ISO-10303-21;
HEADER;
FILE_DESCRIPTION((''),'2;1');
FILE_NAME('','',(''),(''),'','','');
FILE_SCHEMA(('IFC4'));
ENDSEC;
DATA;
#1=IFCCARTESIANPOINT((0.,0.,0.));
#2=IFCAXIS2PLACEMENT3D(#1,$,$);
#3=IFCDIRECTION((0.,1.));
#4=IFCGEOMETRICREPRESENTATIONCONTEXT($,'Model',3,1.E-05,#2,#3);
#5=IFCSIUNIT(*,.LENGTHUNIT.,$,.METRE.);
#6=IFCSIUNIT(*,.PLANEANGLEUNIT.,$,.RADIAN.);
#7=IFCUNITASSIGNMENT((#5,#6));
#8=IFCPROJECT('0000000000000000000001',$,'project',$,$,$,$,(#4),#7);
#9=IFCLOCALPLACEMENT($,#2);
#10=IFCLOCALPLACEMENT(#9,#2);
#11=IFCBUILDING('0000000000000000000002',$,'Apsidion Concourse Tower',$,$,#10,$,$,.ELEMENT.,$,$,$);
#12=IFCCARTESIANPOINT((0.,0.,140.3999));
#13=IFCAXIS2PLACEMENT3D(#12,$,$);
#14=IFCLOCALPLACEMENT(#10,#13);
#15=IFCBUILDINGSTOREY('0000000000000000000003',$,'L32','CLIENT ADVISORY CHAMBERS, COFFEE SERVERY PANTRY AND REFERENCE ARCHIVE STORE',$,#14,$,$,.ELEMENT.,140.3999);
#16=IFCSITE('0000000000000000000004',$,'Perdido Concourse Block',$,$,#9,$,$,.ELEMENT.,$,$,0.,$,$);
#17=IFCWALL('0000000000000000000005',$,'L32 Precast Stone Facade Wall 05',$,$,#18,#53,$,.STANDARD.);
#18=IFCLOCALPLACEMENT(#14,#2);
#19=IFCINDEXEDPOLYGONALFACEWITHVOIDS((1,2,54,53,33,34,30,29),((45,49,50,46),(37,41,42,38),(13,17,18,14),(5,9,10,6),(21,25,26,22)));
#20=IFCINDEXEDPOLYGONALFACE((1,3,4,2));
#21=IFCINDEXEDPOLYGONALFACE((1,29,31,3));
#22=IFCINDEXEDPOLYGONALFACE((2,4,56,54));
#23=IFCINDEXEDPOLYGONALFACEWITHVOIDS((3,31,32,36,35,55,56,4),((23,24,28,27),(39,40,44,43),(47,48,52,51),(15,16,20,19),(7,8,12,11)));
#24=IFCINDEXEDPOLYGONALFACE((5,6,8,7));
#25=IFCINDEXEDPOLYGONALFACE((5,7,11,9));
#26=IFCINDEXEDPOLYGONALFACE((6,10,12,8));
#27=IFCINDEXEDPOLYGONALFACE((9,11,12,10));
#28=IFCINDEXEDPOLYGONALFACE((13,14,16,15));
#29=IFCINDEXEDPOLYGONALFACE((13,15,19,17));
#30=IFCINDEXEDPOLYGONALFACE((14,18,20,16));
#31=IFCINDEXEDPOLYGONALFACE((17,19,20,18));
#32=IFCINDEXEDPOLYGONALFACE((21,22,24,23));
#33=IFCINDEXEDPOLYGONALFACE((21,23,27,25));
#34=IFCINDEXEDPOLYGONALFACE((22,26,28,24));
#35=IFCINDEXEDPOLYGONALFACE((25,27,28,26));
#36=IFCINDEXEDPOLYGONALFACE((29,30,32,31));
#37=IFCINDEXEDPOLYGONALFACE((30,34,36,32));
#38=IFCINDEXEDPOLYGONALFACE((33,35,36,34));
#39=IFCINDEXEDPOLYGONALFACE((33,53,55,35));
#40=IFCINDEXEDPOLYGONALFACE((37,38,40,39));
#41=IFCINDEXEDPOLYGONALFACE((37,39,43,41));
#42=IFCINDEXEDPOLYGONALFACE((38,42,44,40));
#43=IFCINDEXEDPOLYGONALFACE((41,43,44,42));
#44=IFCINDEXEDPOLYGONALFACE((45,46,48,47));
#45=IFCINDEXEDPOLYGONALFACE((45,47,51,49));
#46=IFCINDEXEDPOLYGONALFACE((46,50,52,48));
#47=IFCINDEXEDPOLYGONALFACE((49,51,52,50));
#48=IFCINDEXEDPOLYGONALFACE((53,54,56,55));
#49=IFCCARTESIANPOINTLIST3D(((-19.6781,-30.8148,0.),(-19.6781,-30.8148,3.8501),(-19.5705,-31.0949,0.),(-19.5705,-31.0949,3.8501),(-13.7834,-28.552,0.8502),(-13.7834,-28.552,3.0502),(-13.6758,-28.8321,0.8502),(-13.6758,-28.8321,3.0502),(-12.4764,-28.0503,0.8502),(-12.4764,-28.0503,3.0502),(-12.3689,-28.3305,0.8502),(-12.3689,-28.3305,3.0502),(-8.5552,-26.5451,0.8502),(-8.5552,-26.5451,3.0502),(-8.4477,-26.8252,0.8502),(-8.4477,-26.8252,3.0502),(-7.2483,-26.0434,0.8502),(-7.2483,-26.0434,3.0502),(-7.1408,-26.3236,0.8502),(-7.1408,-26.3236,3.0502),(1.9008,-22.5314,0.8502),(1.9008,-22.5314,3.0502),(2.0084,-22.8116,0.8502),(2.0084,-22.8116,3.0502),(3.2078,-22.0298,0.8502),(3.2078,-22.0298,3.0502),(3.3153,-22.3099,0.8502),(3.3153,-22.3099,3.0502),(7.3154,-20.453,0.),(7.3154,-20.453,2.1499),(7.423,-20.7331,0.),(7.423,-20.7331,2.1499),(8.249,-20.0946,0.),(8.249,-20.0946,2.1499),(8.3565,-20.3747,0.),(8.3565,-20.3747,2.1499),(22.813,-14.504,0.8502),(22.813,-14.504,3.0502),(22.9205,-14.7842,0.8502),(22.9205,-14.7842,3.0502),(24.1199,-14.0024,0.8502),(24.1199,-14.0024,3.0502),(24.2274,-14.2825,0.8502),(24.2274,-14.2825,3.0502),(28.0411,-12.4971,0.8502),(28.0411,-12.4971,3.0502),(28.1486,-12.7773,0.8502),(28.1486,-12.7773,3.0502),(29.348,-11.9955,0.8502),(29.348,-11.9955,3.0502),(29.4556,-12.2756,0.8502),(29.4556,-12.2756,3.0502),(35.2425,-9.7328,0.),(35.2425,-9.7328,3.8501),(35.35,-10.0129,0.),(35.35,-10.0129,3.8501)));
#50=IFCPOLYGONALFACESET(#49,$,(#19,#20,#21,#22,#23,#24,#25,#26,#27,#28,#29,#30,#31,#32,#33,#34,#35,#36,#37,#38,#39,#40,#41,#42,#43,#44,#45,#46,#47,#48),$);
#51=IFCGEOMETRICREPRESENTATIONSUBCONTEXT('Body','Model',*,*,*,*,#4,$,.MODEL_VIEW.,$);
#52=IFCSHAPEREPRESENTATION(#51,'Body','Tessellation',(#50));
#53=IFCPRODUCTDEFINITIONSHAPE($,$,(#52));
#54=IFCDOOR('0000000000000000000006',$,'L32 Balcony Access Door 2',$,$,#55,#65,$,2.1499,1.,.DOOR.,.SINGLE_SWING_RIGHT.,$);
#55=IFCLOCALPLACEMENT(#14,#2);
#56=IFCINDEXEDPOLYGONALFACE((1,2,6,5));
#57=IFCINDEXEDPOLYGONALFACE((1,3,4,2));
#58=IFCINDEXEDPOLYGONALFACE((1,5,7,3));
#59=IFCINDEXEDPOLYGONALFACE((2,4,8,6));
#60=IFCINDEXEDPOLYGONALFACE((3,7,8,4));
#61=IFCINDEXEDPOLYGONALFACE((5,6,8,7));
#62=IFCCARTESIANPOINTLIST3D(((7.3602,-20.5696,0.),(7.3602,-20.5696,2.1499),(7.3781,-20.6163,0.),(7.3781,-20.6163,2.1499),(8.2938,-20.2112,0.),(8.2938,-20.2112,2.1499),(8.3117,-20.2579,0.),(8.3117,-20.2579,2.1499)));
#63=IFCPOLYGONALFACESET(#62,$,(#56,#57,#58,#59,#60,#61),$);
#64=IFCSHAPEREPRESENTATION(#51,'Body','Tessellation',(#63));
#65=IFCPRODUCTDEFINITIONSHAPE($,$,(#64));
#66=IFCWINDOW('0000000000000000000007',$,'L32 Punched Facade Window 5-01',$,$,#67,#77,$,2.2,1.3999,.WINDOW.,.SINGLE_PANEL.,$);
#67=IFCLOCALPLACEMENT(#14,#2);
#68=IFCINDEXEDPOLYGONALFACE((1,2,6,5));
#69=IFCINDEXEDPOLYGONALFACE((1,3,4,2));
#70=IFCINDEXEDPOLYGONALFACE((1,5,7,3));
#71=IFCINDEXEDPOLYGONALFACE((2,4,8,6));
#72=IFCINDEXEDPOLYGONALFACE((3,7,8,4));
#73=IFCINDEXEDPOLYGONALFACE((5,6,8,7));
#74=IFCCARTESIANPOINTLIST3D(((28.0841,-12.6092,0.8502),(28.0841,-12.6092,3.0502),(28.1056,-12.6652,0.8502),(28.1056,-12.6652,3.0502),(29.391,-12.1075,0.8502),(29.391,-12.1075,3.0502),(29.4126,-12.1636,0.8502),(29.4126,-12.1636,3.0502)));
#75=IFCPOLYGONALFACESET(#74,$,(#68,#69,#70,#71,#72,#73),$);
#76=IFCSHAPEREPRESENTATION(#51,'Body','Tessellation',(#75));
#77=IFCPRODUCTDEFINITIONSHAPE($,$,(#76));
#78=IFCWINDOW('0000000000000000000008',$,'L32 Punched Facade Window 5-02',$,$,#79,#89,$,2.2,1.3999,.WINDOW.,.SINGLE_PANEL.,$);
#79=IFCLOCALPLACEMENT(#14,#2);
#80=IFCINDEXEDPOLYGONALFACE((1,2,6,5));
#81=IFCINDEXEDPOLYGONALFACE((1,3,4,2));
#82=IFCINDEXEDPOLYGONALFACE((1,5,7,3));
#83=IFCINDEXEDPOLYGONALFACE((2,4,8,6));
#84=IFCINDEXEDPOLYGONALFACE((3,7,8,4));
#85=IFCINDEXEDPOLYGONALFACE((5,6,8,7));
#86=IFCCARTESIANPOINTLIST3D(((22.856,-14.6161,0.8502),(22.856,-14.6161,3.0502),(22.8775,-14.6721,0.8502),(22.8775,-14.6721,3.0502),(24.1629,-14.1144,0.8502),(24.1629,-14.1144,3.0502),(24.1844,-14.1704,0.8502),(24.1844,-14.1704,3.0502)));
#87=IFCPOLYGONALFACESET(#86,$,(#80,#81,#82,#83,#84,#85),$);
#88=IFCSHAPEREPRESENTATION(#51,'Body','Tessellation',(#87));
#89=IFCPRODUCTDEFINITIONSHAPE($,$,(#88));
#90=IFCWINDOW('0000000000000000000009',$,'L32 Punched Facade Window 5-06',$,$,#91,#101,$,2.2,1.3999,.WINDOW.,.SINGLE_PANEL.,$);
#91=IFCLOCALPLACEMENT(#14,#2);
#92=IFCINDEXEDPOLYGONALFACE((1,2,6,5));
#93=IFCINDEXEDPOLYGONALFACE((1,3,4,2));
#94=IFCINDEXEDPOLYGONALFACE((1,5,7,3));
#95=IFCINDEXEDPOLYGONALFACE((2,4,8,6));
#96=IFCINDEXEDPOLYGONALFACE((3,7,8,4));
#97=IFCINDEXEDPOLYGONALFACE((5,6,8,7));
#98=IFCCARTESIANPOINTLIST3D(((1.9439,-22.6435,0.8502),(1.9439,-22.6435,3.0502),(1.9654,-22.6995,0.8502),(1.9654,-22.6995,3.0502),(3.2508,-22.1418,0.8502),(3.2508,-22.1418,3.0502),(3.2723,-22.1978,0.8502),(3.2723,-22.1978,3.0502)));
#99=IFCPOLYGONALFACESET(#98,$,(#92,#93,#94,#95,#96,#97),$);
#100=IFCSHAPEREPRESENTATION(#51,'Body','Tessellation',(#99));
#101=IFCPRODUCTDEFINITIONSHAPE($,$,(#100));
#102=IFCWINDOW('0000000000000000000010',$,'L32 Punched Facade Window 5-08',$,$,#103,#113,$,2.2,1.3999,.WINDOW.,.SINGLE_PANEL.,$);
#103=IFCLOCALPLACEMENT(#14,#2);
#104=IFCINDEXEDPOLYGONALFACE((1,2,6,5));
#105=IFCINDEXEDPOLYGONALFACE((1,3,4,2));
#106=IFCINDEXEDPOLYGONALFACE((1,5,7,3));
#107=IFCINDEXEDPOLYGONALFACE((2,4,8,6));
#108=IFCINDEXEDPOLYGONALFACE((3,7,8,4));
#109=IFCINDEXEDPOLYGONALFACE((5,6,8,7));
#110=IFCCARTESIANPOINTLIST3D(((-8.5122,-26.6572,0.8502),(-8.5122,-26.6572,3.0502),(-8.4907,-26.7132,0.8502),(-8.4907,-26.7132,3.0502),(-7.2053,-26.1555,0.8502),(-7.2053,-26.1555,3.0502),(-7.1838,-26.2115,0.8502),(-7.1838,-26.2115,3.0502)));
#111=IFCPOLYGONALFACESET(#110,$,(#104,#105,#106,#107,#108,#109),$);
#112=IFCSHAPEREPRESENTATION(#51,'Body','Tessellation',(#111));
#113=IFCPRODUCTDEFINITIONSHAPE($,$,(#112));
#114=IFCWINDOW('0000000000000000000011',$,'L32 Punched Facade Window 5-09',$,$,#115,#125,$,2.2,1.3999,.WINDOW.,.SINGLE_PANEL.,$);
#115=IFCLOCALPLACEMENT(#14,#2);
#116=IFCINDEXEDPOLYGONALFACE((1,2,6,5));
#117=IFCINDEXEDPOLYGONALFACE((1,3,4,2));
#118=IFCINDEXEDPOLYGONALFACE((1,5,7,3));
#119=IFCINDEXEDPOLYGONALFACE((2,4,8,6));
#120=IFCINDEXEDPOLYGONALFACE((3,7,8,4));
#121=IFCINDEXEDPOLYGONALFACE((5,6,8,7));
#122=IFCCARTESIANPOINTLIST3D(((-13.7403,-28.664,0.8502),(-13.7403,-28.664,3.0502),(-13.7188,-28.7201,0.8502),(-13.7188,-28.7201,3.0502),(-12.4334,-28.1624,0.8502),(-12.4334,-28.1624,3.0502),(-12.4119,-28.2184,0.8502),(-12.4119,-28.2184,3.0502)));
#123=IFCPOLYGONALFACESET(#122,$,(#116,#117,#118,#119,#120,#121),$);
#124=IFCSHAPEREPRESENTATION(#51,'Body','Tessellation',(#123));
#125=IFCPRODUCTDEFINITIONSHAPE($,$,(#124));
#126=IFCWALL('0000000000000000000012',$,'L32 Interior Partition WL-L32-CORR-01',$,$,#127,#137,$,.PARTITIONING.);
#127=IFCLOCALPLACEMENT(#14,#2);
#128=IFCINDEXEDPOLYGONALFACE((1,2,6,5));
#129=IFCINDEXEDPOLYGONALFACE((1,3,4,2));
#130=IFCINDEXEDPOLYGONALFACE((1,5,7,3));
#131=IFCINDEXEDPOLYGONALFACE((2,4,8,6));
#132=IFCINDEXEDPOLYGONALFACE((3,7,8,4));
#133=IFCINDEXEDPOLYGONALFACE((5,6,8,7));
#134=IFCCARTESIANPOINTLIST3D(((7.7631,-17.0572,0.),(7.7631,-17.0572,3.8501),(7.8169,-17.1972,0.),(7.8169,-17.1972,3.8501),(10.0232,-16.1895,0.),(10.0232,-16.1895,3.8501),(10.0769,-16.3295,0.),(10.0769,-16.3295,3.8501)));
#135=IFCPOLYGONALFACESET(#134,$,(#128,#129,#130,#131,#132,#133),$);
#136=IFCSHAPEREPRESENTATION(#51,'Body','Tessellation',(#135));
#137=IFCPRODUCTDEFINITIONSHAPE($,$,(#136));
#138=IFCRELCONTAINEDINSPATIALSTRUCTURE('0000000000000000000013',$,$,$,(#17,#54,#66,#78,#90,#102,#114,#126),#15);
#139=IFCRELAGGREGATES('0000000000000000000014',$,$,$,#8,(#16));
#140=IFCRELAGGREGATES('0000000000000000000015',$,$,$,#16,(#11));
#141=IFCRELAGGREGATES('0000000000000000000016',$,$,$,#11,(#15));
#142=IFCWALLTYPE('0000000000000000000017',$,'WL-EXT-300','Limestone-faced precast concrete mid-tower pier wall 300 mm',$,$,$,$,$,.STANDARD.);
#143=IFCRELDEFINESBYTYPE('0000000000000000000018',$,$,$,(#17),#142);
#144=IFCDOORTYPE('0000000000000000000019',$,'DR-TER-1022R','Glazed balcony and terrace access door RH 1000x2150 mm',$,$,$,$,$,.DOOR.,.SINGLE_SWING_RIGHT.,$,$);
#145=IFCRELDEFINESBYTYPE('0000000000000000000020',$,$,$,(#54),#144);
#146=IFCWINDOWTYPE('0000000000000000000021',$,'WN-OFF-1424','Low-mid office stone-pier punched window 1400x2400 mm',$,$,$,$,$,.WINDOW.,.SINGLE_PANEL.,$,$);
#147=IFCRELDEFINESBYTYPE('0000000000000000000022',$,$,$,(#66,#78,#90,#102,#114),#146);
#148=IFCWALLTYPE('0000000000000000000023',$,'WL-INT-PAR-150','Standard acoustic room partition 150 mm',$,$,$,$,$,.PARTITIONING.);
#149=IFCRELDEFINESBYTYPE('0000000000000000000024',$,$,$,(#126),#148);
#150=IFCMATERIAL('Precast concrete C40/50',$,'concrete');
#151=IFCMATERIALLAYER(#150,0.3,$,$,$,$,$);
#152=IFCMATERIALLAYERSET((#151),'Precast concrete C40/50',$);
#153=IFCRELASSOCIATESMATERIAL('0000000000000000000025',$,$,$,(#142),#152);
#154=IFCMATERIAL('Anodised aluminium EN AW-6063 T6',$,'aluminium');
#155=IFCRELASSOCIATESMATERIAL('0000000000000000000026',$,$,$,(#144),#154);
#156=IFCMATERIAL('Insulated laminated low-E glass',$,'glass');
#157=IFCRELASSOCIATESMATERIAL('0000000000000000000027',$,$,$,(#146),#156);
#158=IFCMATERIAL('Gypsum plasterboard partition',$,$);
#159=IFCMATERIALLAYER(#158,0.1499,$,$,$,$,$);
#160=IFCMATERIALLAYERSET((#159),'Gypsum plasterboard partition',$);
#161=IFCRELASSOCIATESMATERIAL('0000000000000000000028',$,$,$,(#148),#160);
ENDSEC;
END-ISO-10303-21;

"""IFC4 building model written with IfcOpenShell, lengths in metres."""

from ifc_helpers import new_model, si_unit, direction, frame, frame_2d, origin, place, context, subcontext, project, spatial, rectangle, extrude, material, layer, layer_set, type_object, element, fill, save


model = new_model("IFC4")

# Units and contexts
model_context = context("Model", 3, precision=1e-05, world=origin(), true_north=direction((0.0, 1.0)))
body_context = subcontext(model_context, "Body", "Model", "MODEL_VIEW")
ifc_project = project(units=[si_unit("LENGTHUNIT", "METRE"), si_unit("PLANEANGLEUNIT", "RADIAN")], contexts=[model_context])

# Site, building, storey
site_placement = place(None, origin())
site = spatial("IfcSite", under=ifc_project, at=site_placement, Name="Perdido Concourse Block", CompositionType="ELEMENT", RefElevation=0.0)
building_placement = place(site_placement, origin())
building = spatial("IfcBuilding", under=site, at=building_placement, Name="Apsidion Concourse Tower", CompositionType="ELEMENT")
storey_placement = place(building_placement, frame((0.0, 0.0, 140.3999)))
storey = spatial("IfcBuildingStorey", under=building, at=storey_placement, Name="L32", Description="CLIENT ADVISORY CHAMBERS, COFFEE SERVERY PANTRY AND REFERENCE ARCHIVE STORE", CompositionType="ELEMENT", Elevation=140.3999)

# Shared definitions
ifc_material_1 = material(Name="Precast concrete C40/50", Category="concrete")
ifc_layer_1 = layer(ifc_material_1, 0.3)
ifc_layer_set_1 = layer_set([ifc_layer_1], Name="Precast concrete C40/50")
wall_type_1 = type_object("IfcWallType", Name="WL-EXT-300", Description="Limestone-faced precast concrete mid-tower pier wall 300 mm", PredefinedType="STANDARD", material=ifc_layer_set_1)

# Wall, openings, door, windows
wall_1_placement = place(storey_placement, frame((35.2964, -9.8728, 0.0), z_axis=(0.0, 0.0, 1.0), x_axis=(-0.933581, -0.358367, 0.0)))
wall_1 = element("IfcWall", 1, at=wall_1_placement, inside=storey, type_object=wall_type_1, Name="L32 Precast Stone Facade Wall 05", PredefinedType="STANDARD", context=body_context, shape_type="SweptSolid", body=[
    extrude(rectangle(XDim=58.8279, YDim=0.3, at=frame_2d((29.4141, 0.0))), origin(), (0.0, 0.0, 1.0), 3.8501),
])
opening_1_placement = place(wall_1_placement, frame((28.9141, 0.0, 0.0)))
opening_1 = element("IfcOpeningElement", 2, at=opening_1_placement, cuts=wall_1, PredefinedType="OPENING", context=body_context, shape_type="SweptSolid", body=[
    extrude(rectangle(XDim=1.0, YDim=2.1499, at=frame_2d((0.5, 1.075))), frame((0.0, 0.1602, 0.0), z_axis=(0.0, -1.0, 0.0), x_axis=(1.0, 0.0, 0.0)), (0.0, 0.0, 1.0), 0.3201),
])
opening_2_placement = place(wall_1_placement, frame((6.314, 0.0, 0.8501)))
opening_2 = element("IfcOpeningElement", 3, at=opening_2_placement, cuts=wall_1, PredefinedType="OPENING", context=body_context, shape_type="SweptSolid", body=[
    extrude(rectangle(XDim=1.3999, YDim=2.2, at=frame_2d((0.7, 1.1001))), frame((0.0, 0.1602, 0.0), z_axis=(0.0, -1.0, 0.0), x_axis=(1.0, 0.0, 0.0)), (0.0, 0.0, 1.0), 0.3201),
])
opening_3_placement = place(wall_1_placement, frame((11.9141, 0.0, 0.8501)))
opening_3 = element("IfcOpeningElement", 4, at=opening_3_placement, cuts=wall_1, PredefinedType="OPENING", context=body_context, shape_type="SweptSolid", body=[
    extrude(rectangle(XDim=1.3999, YDim=2.2, at=frame_2d((0.7, 1.1001))), frame((0.0, 0.1602, 0.0), z_axis=(0.0, -1.0, 0.0), x_axis=(1.0, 0.0, 0.0)), (0.0, 0.0, 1.0), 0.3201),
])
opening_4_placement = place(wall_1_placement, frame((34.314, 0.0, 0.8501)))
opening_4 = element("IfcOpeningElement", 5, at=opening_4_placement, cuts=wall_1, PredefinedType="OPENING", context=body_context, shape_type="SweptSolid", body=[
    extrude(rectangle(XDim=1.3999, YDim=2.2, at=frame_2d((0.7, 1.1001))), frame((0.0, 0.1602, 0.0), z_axis=(0.0, -1.0, 0.0), x_axis=(1.0, 0.0, 0.0)), (0.0, 0.0, 1.0), 0.3201),
])
opening_5_placement = place(wall_1_placement, frame((45.5139, 0.0, 0.8501)))
opening_5 = element("IfcOpeningElement", 6, at=opening_5_placement, cuts=wall_1, PredefinedType="OPENING", context=body_context, shape_type="SweptSolid", body=[
    extrude(rectangle(XDim=1.3999, YDim=2.2, at=frame_2d((0.7, 1.1001))), frame((0.0, 0.1602, 0.0), z_axis=(0.0, -1.0, 0.0), x_axis=(1.0, 0.0, 0.0)), (0.0, 0.0, 1.0), 0.3201),
])
opening_6_placement = place(wall_1_placement, frame((51.114, 0.0, 0.8501)))
opening_6 = element("IfcOpeningElement", 7, at=opening_6_placement, cuts=wall_1, PredefinedType="OPENING", context=body_context, shape_type="SweptSolid", body=[
    extrude(rectangle(XDim=1.3999, YDim=2.2, at=frame_2d((0.7, 1.1001))), frame((0.0, 0.1602, 0.0), z_axis=(0.0, -1.0, 0.0), x_axis=(1.0, 0.0, 0.0)), (0.0, 0.0, 1.0), 0.3201),
])
ifc_material_2 = material(Name="Anodised aluminium EN AW-6063 T6", Category="aluminium")
door_type_1 = type_object("IfcDoorType", Name="DR-TER-1022R", Description="Glazed balcony and terrace access door RH 1000x2150 mm", OperationType="SINGLE_SWING_RIGHT", PredefinedType="DOOR", material=ifc_material_2)
door_1_placement = place(opening_1_placement, origin())
door_1 = element("IfcDoor", 8, at=door_1_placement, inside=storey, type_object=door_type_1, Name="L32 Balcony Access Door 2", OperationType="SINGLE_SWING_RIGHT", OverallHeight=2.1499, OverallWidth=1.0, PredefinedType="DOOR", context=body_context, shape_type="SweptSolid", body=[
    extrude(rectangle(XDim=1.0, YDim=2.1499, at=frame_2d((0.5, 1.075))), frame((0.0, 0.0249, 0.0), z_axis=(0.0, -1.0, 0.0), x_axis=(1.0, 0.0, 0.0)), (0.0, 0.0, 1.0), 0.05),
])
fill(opening_1, door_1)
ifc_material_3 = material(Name="Insulated laminated low-E glass", Category="glass")
window_type = type_object("IfcWindowType", Name="WN-OFF-1424", Description="Low-mid office stone-pier punched window 1400x2400 mm", PartitioningType="SINGLE_PANEL", PredefinedType="WINDOW", material=ifc_material_3)
window_1_placement = place(opening_2_placement, origin())
window_1 = element("IfcWindow", 9, at=window_1_placement, inside=storey, type_object=window_type, Name="L32 Punched Facade Window 5-01", OverallHeight=2.2, OverallWidth=1.3999, PartitioningType="SINGLE_PANEL", PredefinedType="WINDOW", context=body_context, shape_type="SweptSolid", body=[
    extrude(rectangle(XDim=1.3999, YDim=2.2, at=frame_2d((0.7, 1.1001))), frame((0.0, 0.03, 0.0), z_axis=(0.0, -1.0, 0.0), x_axis=(1.0, 0.0, 0.0)), (0.0, 0.0, 1.0), 0.0601),
])
fill(opening_2, window_1)
window_2_placement = place(opening_3_placement, origin())
window_2 = element("IfcWindow", 10, at=window_2_placement, inside=storey, type_object=window_type, Name="L32 Punched Facade Window 5-02", OverallHeight=2.2, OverallWidth=1.3999, PartitioningType="SINGLE_PANEL", PredefinedType="WINDOW", context=body_context, shape_type="SweptSolid", body=[
    extrude(rectangle(XDim=1.3999, YDim=2.2, at=frame_2d((0.7, 1.1001))), frame((0.0, 0.03, 0.0), z_axis=(0.0, -1.0, 0.0), x_axis=(1.0, 0.0, 0.0)), (0.0, 0.0, 1.0), 0.0601),
])
fill(opening_3, window_2)
window_3_placement = place(opening_4_placement, origin())
window_3 = element("IfcWindow", 11, at=window_3_placement, inside=storey, type_object=window_type, Name="L32 Punched Facade Window 5-06", OverallHeight=2.2, OverallWidth=1.3999, PartitioningType="SINGLE_PANEL", PredefinedType="WINDOW", context=body_context, shape_type="SweptSolid", body=[
    extrude(rectangle(XDim=1.3999, YDim=2.2, at=frame_2d((0.7, 1.1001))), frame((0.0, 0.03, 0.0), z_axis=(0.0, -1.0, 0.0), x_axis=(1.0, 0.0, 0.0)), (0.0, 0.0, 1.0), 0.0601),
])
fill(opening_4, window_3)
window_4_placement = place(opening_5_placement, origin())
window_4 = element("IfcWindow", 12, at=window_4_placement, inside=storey, type_object=window_type, Name="L32 Punched Facade Window 5-08", OverallHeight=2.2, OverallWidth=1.3999, PartitioningType="SINGLE_PANEL", PredefinedType="WINDOW", context=body_context, shape_type="SweptSolid", body=[
    extrude(rectangle(XDim=1.3999, YDim=2.2, at=frame_2d((0.7, 1.1001))), frame((0.0, 0.03, 0.0), z_axis=(0.0, -1.0, 0.0), x_axis=(1.0, 0.0, 0.0)), (0.0, 0.0, 1.0), 0.0601),
])
fill(opening_5, window_4)
window_5_placement = place(opening_6_placement, origin())
window_5 = element("IfcWindow", 13, at=window_5_placement, inside=storey, type_object=window_type, Name="L32 Punched Facade Window 5-09", OverallHeight=2.2, OverallWidth=1.3999, PartitioningType="SINGLE_PANEL", PredefinedType="WINDOW", context=body_context, shape_type="SweptSolid", body=[
    extrude(rectangle(XDim=1.3999, YDim=2.2, at=frame_2d((0.7, 1.1001))), frame((0.0, 0.03, 0.0), z_axis=(0.0, -1.0, 0.0), x_axis=(1.0, 0.0, 0.0)), (0.0, 0.0, 1.0), 0.0601),
])
fill(opening_6, window_5)

# Wall
ifc_material_4 = material(Name="Gypsum plasterboard partition")
ifc_layer_2 = layer(ifc_material_4, 0.1499)
ifc_layer_set_2 = layer_set([ifc_layer_2], Name="Gypsum plasterboard partition")
wall_type_2 = type_object("IfcWallType", Name="WL-INT-PAR-150", Description="Standard acoustic room partition 150 mm", PredefinedType="PARTITIONING", material=ifc_layer_set_2)
wall_2_placement = place(storey_placement, frame((10.05, -16.2595, 0.0), z_axis=(0.0, 0.0, 1.0), x_axis=(-0.933561, -0.358418, 0.0)))
element("IfcWall", 14, at=wall_2_placement, inside=storey, type_object=wall_type_2, Name="L32 Interior Partition WL-L32-CORR-01", PredefinedType="PARTITIONING", context=body_context, shape_type="SweptSolid", body=[
    extrude(rectangle(XDim=2.4209, YDim=0.1499, at=frame_2d((1.2104, 0.0))), origin(), (0.0, 0.0, 1.0), 3.8501),
])

save(model, "model.ifc")
